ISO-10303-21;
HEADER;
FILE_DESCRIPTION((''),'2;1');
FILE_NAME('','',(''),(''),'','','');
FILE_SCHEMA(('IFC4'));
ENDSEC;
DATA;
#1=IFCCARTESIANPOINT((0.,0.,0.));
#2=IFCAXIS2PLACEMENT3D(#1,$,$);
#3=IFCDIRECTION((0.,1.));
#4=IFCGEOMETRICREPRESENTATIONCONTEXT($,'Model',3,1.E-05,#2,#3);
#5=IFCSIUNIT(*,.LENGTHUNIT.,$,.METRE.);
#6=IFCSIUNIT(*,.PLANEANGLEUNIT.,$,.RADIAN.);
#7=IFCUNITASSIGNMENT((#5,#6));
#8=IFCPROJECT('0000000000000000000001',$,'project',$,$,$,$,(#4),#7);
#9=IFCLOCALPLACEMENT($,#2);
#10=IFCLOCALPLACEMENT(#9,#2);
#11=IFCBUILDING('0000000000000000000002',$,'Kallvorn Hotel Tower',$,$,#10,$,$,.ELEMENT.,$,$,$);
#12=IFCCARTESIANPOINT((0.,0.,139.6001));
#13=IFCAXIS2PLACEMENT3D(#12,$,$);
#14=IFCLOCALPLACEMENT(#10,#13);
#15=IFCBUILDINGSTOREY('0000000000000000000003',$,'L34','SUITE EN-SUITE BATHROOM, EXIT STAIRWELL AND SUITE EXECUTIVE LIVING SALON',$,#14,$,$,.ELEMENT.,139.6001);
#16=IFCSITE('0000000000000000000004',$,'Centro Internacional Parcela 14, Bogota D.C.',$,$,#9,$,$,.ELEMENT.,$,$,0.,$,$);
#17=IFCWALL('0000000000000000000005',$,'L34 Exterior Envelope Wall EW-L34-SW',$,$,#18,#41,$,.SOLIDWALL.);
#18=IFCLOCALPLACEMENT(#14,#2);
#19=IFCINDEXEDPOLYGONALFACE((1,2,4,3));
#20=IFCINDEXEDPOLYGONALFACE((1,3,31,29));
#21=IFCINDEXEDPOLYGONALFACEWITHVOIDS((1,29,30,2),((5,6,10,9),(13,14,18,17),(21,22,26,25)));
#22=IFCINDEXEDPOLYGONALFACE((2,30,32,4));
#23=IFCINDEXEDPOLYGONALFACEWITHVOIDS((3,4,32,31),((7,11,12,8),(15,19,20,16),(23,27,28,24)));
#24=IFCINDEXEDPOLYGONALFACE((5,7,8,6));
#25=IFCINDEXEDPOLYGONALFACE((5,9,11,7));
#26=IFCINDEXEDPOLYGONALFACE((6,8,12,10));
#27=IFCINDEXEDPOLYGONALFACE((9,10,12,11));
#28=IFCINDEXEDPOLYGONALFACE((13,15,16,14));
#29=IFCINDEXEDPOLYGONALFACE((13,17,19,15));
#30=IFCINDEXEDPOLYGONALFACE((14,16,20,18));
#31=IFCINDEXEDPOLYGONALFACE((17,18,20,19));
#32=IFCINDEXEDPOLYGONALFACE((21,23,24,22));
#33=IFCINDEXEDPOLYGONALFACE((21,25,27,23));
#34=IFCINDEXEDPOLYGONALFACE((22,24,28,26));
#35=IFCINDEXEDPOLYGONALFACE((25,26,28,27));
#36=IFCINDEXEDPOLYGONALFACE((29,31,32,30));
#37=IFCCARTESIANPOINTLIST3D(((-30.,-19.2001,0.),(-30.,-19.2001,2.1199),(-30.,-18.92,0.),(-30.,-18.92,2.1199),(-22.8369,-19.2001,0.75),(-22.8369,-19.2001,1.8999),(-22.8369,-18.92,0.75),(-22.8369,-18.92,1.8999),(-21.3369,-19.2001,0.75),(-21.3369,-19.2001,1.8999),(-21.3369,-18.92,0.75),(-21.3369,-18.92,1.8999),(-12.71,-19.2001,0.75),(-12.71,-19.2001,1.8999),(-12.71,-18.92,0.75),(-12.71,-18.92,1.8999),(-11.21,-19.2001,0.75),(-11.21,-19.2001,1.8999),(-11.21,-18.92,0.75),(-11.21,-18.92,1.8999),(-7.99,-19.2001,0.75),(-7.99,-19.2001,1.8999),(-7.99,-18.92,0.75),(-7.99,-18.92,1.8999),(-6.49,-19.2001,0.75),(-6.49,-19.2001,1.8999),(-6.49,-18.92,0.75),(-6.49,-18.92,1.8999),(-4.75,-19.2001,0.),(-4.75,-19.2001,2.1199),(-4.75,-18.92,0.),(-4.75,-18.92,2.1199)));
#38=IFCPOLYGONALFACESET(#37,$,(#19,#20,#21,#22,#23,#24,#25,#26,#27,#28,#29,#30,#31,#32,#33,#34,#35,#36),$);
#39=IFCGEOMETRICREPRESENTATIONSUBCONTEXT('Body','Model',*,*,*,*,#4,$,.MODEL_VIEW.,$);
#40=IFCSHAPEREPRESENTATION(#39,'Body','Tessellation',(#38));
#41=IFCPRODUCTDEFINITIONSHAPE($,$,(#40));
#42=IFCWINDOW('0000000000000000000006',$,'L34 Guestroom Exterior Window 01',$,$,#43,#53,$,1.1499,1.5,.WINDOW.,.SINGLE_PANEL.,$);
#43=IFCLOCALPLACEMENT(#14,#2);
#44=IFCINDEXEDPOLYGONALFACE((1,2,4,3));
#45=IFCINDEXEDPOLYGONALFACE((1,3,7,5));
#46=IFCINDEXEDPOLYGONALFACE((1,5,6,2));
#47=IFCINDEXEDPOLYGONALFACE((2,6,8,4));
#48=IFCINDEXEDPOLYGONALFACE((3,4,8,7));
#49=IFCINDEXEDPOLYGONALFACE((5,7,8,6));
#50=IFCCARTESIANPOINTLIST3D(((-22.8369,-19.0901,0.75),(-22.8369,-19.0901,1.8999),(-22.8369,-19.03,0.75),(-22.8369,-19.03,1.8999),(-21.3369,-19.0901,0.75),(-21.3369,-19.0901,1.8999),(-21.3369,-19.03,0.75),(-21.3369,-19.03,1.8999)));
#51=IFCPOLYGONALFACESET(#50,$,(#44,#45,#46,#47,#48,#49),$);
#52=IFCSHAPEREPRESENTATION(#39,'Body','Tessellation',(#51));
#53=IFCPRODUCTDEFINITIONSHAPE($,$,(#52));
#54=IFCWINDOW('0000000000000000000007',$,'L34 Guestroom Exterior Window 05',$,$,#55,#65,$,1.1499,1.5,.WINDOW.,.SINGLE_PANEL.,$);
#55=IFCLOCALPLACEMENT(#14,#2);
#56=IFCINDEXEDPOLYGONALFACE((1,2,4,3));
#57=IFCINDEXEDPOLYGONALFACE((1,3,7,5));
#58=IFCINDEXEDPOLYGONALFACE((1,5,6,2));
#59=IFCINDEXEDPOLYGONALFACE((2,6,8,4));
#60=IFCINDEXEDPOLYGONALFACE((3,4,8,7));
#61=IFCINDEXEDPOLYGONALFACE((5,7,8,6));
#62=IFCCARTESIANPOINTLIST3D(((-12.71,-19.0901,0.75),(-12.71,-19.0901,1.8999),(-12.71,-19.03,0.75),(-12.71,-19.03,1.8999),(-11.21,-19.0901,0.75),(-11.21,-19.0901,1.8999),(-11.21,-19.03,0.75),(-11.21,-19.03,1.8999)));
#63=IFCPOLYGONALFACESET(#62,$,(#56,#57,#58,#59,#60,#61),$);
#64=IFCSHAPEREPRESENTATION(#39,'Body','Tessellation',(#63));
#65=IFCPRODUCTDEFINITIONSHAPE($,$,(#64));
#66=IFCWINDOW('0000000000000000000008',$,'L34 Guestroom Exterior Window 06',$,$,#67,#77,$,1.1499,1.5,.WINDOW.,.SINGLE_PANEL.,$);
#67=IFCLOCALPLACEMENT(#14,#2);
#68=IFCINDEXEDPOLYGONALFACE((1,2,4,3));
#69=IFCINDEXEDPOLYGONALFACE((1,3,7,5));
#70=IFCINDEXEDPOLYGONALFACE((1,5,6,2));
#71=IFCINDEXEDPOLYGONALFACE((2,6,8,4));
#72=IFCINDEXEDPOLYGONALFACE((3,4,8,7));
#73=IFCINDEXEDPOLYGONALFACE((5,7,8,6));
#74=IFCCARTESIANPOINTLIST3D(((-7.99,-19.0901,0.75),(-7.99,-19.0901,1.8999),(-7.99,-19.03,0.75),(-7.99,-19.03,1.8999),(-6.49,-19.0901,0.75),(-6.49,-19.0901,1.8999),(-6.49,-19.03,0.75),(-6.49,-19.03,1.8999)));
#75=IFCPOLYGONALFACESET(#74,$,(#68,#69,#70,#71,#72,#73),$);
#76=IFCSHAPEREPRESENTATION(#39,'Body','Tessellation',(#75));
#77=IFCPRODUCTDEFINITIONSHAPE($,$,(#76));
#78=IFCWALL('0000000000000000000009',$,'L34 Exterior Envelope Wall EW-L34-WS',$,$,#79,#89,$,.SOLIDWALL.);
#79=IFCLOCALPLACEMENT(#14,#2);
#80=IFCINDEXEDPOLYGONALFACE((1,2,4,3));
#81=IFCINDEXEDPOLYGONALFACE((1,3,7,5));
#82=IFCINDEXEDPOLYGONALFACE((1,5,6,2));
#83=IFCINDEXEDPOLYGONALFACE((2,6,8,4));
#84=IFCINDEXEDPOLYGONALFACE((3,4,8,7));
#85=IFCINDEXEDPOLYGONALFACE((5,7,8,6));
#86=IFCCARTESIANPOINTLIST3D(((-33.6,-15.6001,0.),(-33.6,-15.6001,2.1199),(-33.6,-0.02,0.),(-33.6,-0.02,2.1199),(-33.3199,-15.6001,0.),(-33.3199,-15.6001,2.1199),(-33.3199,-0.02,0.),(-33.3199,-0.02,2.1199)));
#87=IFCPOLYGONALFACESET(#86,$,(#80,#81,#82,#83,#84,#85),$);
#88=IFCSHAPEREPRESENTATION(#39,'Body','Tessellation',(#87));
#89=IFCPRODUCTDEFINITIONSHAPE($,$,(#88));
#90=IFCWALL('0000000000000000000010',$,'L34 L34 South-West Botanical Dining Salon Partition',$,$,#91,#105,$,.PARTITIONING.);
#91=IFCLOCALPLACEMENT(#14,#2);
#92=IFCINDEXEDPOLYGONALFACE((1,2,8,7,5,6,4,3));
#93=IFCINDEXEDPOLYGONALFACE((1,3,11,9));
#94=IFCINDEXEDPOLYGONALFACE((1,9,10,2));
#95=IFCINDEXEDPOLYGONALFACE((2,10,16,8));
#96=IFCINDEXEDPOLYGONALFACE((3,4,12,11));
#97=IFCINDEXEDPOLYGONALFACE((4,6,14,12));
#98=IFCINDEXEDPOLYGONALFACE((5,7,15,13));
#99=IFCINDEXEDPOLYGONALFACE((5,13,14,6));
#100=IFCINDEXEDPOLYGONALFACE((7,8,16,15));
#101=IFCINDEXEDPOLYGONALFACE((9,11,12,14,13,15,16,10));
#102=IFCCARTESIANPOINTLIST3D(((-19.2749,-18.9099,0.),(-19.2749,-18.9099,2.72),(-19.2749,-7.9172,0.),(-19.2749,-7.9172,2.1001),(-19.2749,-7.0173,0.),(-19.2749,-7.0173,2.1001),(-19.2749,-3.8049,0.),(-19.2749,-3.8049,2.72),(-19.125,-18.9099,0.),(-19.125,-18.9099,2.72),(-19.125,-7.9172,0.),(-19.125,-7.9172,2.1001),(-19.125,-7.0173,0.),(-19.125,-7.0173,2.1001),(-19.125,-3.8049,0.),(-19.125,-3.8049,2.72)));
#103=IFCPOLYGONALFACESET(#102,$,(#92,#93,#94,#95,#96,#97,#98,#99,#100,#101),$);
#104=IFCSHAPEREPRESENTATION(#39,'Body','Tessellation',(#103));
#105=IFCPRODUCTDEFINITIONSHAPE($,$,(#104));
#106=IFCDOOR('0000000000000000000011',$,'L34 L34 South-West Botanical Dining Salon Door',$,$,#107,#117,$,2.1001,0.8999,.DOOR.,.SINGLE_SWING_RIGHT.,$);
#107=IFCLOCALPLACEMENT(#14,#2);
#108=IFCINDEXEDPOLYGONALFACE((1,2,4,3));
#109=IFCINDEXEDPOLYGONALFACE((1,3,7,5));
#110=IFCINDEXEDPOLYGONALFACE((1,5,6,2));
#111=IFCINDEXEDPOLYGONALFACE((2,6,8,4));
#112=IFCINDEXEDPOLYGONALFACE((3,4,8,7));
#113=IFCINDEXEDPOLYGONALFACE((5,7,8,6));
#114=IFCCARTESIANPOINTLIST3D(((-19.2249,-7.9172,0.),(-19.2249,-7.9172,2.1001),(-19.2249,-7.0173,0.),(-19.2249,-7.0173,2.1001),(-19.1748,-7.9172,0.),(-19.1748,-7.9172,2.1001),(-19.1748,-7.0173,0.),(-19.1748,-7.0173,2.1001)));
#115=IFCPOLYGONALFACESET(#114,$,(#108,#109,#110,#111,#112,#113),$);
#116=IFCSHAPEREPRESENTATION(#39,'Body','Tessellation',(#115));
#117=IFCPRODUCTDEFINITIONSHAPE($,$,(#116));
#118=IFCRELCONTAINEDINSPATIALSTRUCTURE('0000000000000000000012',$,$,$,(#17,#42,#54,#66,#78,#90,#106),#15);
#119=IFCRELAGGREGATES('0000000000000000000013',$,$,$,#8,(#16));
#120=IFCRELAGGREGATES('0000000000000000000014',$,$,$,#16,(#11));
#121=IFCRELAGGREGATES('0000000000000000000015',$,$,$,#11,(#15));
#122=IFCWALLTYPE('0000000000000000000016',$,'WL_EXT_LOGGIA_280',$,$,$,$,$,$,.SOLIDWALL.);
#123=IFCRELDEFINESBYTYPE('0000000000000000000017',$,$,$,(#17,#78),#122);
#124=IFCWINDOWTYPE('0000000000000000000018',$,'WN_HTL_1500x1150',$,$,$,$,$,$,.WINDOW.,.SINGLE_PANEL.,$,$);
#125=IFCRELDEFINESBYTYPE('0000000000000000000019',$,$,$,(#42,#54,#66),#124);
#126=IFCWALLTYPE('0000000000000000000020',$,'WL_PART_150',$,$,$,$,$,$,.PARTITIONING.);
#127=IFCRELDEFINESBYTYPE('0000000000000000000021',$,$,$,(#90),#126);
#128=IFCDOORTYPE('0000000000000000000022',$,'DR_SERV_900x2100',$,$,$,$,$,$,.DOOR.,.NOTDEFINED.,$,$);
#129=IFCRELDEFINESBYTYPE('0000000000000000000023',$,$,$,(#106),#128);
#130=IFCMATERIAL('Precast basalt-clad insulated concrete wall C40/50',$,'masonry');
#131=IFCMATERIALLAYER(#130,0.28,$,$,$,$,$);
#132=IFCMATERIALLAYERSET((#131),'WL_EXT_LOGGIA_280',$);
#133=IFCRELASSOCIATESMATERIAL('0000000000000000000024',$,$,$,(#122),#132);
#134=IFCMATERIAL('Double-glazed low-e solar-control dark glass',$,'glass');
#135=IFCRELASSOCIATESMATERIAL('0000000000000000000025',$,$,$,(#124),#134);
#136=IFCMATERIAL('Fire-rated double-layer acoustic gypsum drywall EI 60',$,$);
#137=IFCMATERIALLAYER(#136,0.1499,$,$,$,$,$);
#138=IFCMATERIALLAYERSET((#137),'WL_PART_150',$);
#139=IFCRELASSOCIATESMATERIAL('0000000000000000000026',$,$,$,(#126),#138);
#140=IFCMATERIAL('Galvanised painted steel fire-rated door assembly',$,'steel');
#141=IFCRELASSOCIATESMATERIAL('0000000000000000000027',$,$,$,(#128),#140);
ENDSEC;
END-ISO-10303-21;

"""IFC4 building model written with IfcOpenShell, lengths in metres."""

from ifc_helpers import new_model, si_unit, direction, frame, frame_2d, origin, place, context, subcontext, project, spatial, rectangle, extrude, material, layer, layer_set, type_object, element, fill, save


model = new_model("IFC4")

# Units and contexts
model_context = context("Model", 3, precision=1e-05, world=origin(), true_north=direction((0.0, 1.0)))
body_context = subcontext(model_context, "Body", "Model", "MODEL_VIEW")
ifc_project = project(units=[si_unit("LENGTHUNIT", "METRE"), si_unit("PLANEANGLEUNIT", "RADIAN")], contexts=[model_context])

# Site, building, storey
site_placement = place(None, origin())
site = spatial("IfcSite", under=ifc_project, at=site_placement, Name="Centro Internacional Parcela 14, Bogota D.C.", CompositionType="ELEMENT", RefElevation=0.0)
building_placement = place(site_placement, origin())
building = spatial("IfcBuilding", under=site, at=building_placement, Name="Kallvorn Hotel Tower", CompositionType="ELEMENT")
storey_placement = place(building_placement, frame((0.0, 0.0, 139.6001)))
storey = spatial("IfcBuildingStorey", under=building, at=storey_placement, Name="L34", Description="SUITE EN-SUITE BATHROOM, EXIT STAIRWELL AND SUITE EXECUTIVE LIVING SALON", CompositionType="ELEMENT", Elevation=139.6001)

# Shared definitions
ifc_material_1 = material(Name="Precast basalt-clad insulated concrete wall C40/50", Category="masonry")
ifc_layer_1 = layer(ifc_material_1, 0.28)
ifc_layer_set_1 = layer_set([ifc_layer_1], Name="WL_EXT_LOGGIA_280")
wall_type_1 = type_object("IfcWallType", Name="WL_EXT_LOGGIA_280", PredefinedType="SOLIDWALL", material=ifc_layer_set_1)

# Wall, openings, windows
wall_1_placement = place(storey_placement, frame((-30.0, -19.0601, 0.0), z_axis=(0.0, 0.0, 1.0), x_axis=(1.0, 0.0, 0.0)))
wall_1 = element("IfcWall", 1, at=wall_1_placement, inside=storey, type_object=wall_type_1, Name="L34 Exterior Envelope Wall EW-L34-SW", PredefinedType="SOLIDWALL", context=body_context, shape_type="SweptSolid", body=[
    extrude(rectangle(XDim=25.25, YDim=0.28, at=frame_2d((12.625, 0.0))), origin(), (0.0, 0.0, 1.0), 2.1199),
])
opening_1_placement = place(wall_1_placement, frame((7.1631, 0.0, 0.75)))
opening_1 = element("IfcOpeningElement", 2, at=opening_1_placement, cuts=wall_1, PredefinedType="OPENING", context=body_context, shape_type="SweptSolid", body=[
    extrude(rectangle(XDim=1.5, YDim=1.1499, at=frame_2d((0.75, 0.575))), frame((0.0, 0.155, 0.0), z_axis=(0.0, -1.0, 0.0), x_axis=(1.0, 0.0, 0.0)), (0.0, 0.0, 1.0), 0.3101),
])
opening_2_placement = place(wall_1_placement, frame((17.29, 0.0, 0.75)))
opening_2 = element("IfcOpeningElement", 3, at=opening_2_placement, cuts=wall_1, PredefinedType="OPENING", context=body_context, shape_type="SweptSolid", body=[
    extrude(rectangle(XDim=1.5, YDim=1.1499, at=frame_2d((0.75, 0.575))), frame((0.0, 0.155, 0.0), z_axis=(0.0, -1.0, 0.0), x_axis=(1.0, 0.0, 0.0)), (0.0, 0.0, 1.0), 0.3101),
])
opening_3_placement = place(wall_1_placement, frame((22.01, 0.0, 0.75)))
opening_3 = element("IfcOpeningElement", 4, at=opening_3_placement, cuts=wall_1, PredefinedType="OPENING", context=body_context, shape_type="SweptSolid", body=[
    extrude(rectangle(XDim=1.5, YDim=1.1499, at=frame_2d((0.75, 0.575))), frame((0.0, 0.155, 0.0), z_axis=(0.0, -1.0, 0.0), x_axis=(1.0, 0.0, 0.0)), (0.0, 0.0, 1.0), 0.3101),
])
ifc_material_2 = material(Name="Double-glazed low-e solar-control dark glass", Category="glass")
window_type = type_object("IfcWindowType", Name="WN_HTL_1500x1150", PartitioningType="SINGLE_PANEL", PredefinedType="WINDOW", material=ifc_material_2)
window_1_placement = place(opening_1_placement, origin())
window_1 = element("IfcWindow", 5, at=window_1_placement, inside=storey, type_object=window_type, Name="L34 Guestroom Exterior Window 01", OverallHeight=1.1499, OverallWidth=1.5, PartitioningType="SINGLE_PANEL", PredefinedType="WINDOW", context=body_context, shape_type="SweptSolid", body=[
    extrude(rectangle(XDim=1.5, YDim=1.1499, at=frame_2d((0.75, 0.575))), frame((0.0, 0.03, 0.0), z_axis=(0.0, -1.0, 0.0), x_axis=(1.0, 0.0, 0.0)), (0.0, 0.0, 1.0), 0.0601),
])
fill(opening_1, window_1)
window_2_placement = place(opening_2_placement, origin())
window_2 = element("IfcWindow", 6, at=window_2_placement, inside=storey, type_object=window_type, Name="L34 Guestroom Exterior Window 05", OverallHeight=1.1499, OverallWidth=1.5, PartitioningType="SINGLE_PANEL", PredefinedType="WINDOW", context=body_context, shape_type="SweptSolid", body=[
    extrude(rectangle(XDim=1.5, YDim=1.1499, at=frame_2d((0.75, 0.575))), frame((0.0, 0.03, 0.0), z_axis=(0.0, -1.0, 0.0), x_axis=(1.0, 0.0, 0.0)), (0.0, 0.0, 1.0), 0.0601),
])
fill(opening_2, window_2)
window_3_placement = place(opening_3_placement, origin())
window_3 = element("IfcWindow", 7, at=window_3_placement, inside=storey, type_object=window_type, Name="L34 Guestroom Exterior Window 06", OverallHeight=1.1499, OverallWidth=1.5, PartitioningType="SINGLE_PANEL", PredefinedType="WINDOW", context=body_context, shape_type="SweptSolid", body=[
    extrude(rectangle(XDim=1.5, YDim=1.1499, at=frame_2d((0.75, 0.575))), frame((0.0, 0.03, 0.0), z_axis=(0.0, -1.0, 0.0), x_axis=(1.0, 0.0, 0.0)), (0.0, 0.0, 1.0), 0.0601),
])
fill(opening_3, window_3)

# Wall
wall_2_placement = place(storey_placement, frame((-33.46, -15.6001, 0.0), z_axis=(0.0, 0.0, 1.0), x_axis=(0.0, 1.0, 0.0)))
element("IfcWall", 8, at=wall_2_placement, inside=storey, type_object=wall_type_1, Name="L34 Exterior Envelope Wall EW-L34-WS", PredefinedType="SOLIDWALL", context=body_context, shape_type="SweptSolid", body=[
    extrude(rectangle(XDim=15.5801, YDim=0.28, at=frame_2d((7.79, 0.0))), origin(), (0.0, 0.0, 1.0), 2.1199),
])

# Wall, opening, door
ifc_material_3 = material(Name="Fire-rated double-layer acoustic gypsum drywall EI 60")
ifc_layer_2 = layer(ifc_material_3, 0.1499)
ifc_layer_set_2 = layer_set([ifc_layer_2], Name="WL_PART_150")
wall_type_2 = type_object("IfcWallType", Name="WL_PART_150", PredefinedType="PARTITIONING", material=ifc_layer_set_2)
wall_3_placement = place(storey_placement, frame((-19.2, -18.9099, 0.0), z_axis=(0.0, 0.0, 1.0), x_axis=(0.0, 1.0, 0.0)))
wall_3 = element("IfcWall", 9, at=wall_3_placement, inside=storey, type_object=wall_type_2, Name="L34 L34 South-West Botanical Dining Salon Partition", PredefinedType="PARTITIONING", context=body_context, shape_type="SweptSolid", body=[
    extrude(rectangle(XDim=15.105, YDim=0.1499, at=frame_2d((7.5525, 0.0))), origin(), (0.0, 0.0, 1.0), 2.72),
])
opening_4_placement = place(wall_3_placement, frame((10.9927, 0.0, 0.0)))
opening_4 = element("IfcOpeningElement", 10, at=opening_4_placement, cuts=wall_3, PredefinedType="OPENING", context=body_context, shape_type="SweptSolid", body=[
    extrude(rectangle(XDim=0.8999, YDim=2.1001, at=frame_2d((0.45, 1.05))), frame((0.0, 0.0898, 0.0), z_axis=(0.0, -1.0, 0.0), x_axis=(1.0, 0.0, 0.0)), (0.0, 0.0, 1.0), 0.1799),
])
ifc_material_4 = material(Name="Galvanised painted steel fire-rated door assembly", Category="steel")
door_type = type_object("IfcDoorType", Name="DR_SERV_900x2100", OperationType="NOTDEFINED", PredefinedType="DOOR", material=ifc_material_4)
door_placement = place(opening_4_placement, origin())
door = element("IfcDoor", 11, at=door_placement, inside=storey, type_object=door_type, Name="L34 L34 South-West Botanical Dining Salon Door", OperationType="SINGLE_SWING_RIGHT", OverallHeight=2.1001, OverallWidth=0.8999, PredefinedType="DOOR", context=body_context, shape_type="SweptSolid", body=[
    extrude(rectangle(XDim=0.8999, YDim=2.1001, at=frame_2d((0.45, 1.05))), frame((0.0, 0.0249, 0.0), z_axis=(0.0, -1.0, 0.0), x_axis=(1.0, 0.0, 0.0)), (0.0, 0.0, 1.0), 0.05),
])
fill(opening_4, door)

save(model, "model.ifc")
